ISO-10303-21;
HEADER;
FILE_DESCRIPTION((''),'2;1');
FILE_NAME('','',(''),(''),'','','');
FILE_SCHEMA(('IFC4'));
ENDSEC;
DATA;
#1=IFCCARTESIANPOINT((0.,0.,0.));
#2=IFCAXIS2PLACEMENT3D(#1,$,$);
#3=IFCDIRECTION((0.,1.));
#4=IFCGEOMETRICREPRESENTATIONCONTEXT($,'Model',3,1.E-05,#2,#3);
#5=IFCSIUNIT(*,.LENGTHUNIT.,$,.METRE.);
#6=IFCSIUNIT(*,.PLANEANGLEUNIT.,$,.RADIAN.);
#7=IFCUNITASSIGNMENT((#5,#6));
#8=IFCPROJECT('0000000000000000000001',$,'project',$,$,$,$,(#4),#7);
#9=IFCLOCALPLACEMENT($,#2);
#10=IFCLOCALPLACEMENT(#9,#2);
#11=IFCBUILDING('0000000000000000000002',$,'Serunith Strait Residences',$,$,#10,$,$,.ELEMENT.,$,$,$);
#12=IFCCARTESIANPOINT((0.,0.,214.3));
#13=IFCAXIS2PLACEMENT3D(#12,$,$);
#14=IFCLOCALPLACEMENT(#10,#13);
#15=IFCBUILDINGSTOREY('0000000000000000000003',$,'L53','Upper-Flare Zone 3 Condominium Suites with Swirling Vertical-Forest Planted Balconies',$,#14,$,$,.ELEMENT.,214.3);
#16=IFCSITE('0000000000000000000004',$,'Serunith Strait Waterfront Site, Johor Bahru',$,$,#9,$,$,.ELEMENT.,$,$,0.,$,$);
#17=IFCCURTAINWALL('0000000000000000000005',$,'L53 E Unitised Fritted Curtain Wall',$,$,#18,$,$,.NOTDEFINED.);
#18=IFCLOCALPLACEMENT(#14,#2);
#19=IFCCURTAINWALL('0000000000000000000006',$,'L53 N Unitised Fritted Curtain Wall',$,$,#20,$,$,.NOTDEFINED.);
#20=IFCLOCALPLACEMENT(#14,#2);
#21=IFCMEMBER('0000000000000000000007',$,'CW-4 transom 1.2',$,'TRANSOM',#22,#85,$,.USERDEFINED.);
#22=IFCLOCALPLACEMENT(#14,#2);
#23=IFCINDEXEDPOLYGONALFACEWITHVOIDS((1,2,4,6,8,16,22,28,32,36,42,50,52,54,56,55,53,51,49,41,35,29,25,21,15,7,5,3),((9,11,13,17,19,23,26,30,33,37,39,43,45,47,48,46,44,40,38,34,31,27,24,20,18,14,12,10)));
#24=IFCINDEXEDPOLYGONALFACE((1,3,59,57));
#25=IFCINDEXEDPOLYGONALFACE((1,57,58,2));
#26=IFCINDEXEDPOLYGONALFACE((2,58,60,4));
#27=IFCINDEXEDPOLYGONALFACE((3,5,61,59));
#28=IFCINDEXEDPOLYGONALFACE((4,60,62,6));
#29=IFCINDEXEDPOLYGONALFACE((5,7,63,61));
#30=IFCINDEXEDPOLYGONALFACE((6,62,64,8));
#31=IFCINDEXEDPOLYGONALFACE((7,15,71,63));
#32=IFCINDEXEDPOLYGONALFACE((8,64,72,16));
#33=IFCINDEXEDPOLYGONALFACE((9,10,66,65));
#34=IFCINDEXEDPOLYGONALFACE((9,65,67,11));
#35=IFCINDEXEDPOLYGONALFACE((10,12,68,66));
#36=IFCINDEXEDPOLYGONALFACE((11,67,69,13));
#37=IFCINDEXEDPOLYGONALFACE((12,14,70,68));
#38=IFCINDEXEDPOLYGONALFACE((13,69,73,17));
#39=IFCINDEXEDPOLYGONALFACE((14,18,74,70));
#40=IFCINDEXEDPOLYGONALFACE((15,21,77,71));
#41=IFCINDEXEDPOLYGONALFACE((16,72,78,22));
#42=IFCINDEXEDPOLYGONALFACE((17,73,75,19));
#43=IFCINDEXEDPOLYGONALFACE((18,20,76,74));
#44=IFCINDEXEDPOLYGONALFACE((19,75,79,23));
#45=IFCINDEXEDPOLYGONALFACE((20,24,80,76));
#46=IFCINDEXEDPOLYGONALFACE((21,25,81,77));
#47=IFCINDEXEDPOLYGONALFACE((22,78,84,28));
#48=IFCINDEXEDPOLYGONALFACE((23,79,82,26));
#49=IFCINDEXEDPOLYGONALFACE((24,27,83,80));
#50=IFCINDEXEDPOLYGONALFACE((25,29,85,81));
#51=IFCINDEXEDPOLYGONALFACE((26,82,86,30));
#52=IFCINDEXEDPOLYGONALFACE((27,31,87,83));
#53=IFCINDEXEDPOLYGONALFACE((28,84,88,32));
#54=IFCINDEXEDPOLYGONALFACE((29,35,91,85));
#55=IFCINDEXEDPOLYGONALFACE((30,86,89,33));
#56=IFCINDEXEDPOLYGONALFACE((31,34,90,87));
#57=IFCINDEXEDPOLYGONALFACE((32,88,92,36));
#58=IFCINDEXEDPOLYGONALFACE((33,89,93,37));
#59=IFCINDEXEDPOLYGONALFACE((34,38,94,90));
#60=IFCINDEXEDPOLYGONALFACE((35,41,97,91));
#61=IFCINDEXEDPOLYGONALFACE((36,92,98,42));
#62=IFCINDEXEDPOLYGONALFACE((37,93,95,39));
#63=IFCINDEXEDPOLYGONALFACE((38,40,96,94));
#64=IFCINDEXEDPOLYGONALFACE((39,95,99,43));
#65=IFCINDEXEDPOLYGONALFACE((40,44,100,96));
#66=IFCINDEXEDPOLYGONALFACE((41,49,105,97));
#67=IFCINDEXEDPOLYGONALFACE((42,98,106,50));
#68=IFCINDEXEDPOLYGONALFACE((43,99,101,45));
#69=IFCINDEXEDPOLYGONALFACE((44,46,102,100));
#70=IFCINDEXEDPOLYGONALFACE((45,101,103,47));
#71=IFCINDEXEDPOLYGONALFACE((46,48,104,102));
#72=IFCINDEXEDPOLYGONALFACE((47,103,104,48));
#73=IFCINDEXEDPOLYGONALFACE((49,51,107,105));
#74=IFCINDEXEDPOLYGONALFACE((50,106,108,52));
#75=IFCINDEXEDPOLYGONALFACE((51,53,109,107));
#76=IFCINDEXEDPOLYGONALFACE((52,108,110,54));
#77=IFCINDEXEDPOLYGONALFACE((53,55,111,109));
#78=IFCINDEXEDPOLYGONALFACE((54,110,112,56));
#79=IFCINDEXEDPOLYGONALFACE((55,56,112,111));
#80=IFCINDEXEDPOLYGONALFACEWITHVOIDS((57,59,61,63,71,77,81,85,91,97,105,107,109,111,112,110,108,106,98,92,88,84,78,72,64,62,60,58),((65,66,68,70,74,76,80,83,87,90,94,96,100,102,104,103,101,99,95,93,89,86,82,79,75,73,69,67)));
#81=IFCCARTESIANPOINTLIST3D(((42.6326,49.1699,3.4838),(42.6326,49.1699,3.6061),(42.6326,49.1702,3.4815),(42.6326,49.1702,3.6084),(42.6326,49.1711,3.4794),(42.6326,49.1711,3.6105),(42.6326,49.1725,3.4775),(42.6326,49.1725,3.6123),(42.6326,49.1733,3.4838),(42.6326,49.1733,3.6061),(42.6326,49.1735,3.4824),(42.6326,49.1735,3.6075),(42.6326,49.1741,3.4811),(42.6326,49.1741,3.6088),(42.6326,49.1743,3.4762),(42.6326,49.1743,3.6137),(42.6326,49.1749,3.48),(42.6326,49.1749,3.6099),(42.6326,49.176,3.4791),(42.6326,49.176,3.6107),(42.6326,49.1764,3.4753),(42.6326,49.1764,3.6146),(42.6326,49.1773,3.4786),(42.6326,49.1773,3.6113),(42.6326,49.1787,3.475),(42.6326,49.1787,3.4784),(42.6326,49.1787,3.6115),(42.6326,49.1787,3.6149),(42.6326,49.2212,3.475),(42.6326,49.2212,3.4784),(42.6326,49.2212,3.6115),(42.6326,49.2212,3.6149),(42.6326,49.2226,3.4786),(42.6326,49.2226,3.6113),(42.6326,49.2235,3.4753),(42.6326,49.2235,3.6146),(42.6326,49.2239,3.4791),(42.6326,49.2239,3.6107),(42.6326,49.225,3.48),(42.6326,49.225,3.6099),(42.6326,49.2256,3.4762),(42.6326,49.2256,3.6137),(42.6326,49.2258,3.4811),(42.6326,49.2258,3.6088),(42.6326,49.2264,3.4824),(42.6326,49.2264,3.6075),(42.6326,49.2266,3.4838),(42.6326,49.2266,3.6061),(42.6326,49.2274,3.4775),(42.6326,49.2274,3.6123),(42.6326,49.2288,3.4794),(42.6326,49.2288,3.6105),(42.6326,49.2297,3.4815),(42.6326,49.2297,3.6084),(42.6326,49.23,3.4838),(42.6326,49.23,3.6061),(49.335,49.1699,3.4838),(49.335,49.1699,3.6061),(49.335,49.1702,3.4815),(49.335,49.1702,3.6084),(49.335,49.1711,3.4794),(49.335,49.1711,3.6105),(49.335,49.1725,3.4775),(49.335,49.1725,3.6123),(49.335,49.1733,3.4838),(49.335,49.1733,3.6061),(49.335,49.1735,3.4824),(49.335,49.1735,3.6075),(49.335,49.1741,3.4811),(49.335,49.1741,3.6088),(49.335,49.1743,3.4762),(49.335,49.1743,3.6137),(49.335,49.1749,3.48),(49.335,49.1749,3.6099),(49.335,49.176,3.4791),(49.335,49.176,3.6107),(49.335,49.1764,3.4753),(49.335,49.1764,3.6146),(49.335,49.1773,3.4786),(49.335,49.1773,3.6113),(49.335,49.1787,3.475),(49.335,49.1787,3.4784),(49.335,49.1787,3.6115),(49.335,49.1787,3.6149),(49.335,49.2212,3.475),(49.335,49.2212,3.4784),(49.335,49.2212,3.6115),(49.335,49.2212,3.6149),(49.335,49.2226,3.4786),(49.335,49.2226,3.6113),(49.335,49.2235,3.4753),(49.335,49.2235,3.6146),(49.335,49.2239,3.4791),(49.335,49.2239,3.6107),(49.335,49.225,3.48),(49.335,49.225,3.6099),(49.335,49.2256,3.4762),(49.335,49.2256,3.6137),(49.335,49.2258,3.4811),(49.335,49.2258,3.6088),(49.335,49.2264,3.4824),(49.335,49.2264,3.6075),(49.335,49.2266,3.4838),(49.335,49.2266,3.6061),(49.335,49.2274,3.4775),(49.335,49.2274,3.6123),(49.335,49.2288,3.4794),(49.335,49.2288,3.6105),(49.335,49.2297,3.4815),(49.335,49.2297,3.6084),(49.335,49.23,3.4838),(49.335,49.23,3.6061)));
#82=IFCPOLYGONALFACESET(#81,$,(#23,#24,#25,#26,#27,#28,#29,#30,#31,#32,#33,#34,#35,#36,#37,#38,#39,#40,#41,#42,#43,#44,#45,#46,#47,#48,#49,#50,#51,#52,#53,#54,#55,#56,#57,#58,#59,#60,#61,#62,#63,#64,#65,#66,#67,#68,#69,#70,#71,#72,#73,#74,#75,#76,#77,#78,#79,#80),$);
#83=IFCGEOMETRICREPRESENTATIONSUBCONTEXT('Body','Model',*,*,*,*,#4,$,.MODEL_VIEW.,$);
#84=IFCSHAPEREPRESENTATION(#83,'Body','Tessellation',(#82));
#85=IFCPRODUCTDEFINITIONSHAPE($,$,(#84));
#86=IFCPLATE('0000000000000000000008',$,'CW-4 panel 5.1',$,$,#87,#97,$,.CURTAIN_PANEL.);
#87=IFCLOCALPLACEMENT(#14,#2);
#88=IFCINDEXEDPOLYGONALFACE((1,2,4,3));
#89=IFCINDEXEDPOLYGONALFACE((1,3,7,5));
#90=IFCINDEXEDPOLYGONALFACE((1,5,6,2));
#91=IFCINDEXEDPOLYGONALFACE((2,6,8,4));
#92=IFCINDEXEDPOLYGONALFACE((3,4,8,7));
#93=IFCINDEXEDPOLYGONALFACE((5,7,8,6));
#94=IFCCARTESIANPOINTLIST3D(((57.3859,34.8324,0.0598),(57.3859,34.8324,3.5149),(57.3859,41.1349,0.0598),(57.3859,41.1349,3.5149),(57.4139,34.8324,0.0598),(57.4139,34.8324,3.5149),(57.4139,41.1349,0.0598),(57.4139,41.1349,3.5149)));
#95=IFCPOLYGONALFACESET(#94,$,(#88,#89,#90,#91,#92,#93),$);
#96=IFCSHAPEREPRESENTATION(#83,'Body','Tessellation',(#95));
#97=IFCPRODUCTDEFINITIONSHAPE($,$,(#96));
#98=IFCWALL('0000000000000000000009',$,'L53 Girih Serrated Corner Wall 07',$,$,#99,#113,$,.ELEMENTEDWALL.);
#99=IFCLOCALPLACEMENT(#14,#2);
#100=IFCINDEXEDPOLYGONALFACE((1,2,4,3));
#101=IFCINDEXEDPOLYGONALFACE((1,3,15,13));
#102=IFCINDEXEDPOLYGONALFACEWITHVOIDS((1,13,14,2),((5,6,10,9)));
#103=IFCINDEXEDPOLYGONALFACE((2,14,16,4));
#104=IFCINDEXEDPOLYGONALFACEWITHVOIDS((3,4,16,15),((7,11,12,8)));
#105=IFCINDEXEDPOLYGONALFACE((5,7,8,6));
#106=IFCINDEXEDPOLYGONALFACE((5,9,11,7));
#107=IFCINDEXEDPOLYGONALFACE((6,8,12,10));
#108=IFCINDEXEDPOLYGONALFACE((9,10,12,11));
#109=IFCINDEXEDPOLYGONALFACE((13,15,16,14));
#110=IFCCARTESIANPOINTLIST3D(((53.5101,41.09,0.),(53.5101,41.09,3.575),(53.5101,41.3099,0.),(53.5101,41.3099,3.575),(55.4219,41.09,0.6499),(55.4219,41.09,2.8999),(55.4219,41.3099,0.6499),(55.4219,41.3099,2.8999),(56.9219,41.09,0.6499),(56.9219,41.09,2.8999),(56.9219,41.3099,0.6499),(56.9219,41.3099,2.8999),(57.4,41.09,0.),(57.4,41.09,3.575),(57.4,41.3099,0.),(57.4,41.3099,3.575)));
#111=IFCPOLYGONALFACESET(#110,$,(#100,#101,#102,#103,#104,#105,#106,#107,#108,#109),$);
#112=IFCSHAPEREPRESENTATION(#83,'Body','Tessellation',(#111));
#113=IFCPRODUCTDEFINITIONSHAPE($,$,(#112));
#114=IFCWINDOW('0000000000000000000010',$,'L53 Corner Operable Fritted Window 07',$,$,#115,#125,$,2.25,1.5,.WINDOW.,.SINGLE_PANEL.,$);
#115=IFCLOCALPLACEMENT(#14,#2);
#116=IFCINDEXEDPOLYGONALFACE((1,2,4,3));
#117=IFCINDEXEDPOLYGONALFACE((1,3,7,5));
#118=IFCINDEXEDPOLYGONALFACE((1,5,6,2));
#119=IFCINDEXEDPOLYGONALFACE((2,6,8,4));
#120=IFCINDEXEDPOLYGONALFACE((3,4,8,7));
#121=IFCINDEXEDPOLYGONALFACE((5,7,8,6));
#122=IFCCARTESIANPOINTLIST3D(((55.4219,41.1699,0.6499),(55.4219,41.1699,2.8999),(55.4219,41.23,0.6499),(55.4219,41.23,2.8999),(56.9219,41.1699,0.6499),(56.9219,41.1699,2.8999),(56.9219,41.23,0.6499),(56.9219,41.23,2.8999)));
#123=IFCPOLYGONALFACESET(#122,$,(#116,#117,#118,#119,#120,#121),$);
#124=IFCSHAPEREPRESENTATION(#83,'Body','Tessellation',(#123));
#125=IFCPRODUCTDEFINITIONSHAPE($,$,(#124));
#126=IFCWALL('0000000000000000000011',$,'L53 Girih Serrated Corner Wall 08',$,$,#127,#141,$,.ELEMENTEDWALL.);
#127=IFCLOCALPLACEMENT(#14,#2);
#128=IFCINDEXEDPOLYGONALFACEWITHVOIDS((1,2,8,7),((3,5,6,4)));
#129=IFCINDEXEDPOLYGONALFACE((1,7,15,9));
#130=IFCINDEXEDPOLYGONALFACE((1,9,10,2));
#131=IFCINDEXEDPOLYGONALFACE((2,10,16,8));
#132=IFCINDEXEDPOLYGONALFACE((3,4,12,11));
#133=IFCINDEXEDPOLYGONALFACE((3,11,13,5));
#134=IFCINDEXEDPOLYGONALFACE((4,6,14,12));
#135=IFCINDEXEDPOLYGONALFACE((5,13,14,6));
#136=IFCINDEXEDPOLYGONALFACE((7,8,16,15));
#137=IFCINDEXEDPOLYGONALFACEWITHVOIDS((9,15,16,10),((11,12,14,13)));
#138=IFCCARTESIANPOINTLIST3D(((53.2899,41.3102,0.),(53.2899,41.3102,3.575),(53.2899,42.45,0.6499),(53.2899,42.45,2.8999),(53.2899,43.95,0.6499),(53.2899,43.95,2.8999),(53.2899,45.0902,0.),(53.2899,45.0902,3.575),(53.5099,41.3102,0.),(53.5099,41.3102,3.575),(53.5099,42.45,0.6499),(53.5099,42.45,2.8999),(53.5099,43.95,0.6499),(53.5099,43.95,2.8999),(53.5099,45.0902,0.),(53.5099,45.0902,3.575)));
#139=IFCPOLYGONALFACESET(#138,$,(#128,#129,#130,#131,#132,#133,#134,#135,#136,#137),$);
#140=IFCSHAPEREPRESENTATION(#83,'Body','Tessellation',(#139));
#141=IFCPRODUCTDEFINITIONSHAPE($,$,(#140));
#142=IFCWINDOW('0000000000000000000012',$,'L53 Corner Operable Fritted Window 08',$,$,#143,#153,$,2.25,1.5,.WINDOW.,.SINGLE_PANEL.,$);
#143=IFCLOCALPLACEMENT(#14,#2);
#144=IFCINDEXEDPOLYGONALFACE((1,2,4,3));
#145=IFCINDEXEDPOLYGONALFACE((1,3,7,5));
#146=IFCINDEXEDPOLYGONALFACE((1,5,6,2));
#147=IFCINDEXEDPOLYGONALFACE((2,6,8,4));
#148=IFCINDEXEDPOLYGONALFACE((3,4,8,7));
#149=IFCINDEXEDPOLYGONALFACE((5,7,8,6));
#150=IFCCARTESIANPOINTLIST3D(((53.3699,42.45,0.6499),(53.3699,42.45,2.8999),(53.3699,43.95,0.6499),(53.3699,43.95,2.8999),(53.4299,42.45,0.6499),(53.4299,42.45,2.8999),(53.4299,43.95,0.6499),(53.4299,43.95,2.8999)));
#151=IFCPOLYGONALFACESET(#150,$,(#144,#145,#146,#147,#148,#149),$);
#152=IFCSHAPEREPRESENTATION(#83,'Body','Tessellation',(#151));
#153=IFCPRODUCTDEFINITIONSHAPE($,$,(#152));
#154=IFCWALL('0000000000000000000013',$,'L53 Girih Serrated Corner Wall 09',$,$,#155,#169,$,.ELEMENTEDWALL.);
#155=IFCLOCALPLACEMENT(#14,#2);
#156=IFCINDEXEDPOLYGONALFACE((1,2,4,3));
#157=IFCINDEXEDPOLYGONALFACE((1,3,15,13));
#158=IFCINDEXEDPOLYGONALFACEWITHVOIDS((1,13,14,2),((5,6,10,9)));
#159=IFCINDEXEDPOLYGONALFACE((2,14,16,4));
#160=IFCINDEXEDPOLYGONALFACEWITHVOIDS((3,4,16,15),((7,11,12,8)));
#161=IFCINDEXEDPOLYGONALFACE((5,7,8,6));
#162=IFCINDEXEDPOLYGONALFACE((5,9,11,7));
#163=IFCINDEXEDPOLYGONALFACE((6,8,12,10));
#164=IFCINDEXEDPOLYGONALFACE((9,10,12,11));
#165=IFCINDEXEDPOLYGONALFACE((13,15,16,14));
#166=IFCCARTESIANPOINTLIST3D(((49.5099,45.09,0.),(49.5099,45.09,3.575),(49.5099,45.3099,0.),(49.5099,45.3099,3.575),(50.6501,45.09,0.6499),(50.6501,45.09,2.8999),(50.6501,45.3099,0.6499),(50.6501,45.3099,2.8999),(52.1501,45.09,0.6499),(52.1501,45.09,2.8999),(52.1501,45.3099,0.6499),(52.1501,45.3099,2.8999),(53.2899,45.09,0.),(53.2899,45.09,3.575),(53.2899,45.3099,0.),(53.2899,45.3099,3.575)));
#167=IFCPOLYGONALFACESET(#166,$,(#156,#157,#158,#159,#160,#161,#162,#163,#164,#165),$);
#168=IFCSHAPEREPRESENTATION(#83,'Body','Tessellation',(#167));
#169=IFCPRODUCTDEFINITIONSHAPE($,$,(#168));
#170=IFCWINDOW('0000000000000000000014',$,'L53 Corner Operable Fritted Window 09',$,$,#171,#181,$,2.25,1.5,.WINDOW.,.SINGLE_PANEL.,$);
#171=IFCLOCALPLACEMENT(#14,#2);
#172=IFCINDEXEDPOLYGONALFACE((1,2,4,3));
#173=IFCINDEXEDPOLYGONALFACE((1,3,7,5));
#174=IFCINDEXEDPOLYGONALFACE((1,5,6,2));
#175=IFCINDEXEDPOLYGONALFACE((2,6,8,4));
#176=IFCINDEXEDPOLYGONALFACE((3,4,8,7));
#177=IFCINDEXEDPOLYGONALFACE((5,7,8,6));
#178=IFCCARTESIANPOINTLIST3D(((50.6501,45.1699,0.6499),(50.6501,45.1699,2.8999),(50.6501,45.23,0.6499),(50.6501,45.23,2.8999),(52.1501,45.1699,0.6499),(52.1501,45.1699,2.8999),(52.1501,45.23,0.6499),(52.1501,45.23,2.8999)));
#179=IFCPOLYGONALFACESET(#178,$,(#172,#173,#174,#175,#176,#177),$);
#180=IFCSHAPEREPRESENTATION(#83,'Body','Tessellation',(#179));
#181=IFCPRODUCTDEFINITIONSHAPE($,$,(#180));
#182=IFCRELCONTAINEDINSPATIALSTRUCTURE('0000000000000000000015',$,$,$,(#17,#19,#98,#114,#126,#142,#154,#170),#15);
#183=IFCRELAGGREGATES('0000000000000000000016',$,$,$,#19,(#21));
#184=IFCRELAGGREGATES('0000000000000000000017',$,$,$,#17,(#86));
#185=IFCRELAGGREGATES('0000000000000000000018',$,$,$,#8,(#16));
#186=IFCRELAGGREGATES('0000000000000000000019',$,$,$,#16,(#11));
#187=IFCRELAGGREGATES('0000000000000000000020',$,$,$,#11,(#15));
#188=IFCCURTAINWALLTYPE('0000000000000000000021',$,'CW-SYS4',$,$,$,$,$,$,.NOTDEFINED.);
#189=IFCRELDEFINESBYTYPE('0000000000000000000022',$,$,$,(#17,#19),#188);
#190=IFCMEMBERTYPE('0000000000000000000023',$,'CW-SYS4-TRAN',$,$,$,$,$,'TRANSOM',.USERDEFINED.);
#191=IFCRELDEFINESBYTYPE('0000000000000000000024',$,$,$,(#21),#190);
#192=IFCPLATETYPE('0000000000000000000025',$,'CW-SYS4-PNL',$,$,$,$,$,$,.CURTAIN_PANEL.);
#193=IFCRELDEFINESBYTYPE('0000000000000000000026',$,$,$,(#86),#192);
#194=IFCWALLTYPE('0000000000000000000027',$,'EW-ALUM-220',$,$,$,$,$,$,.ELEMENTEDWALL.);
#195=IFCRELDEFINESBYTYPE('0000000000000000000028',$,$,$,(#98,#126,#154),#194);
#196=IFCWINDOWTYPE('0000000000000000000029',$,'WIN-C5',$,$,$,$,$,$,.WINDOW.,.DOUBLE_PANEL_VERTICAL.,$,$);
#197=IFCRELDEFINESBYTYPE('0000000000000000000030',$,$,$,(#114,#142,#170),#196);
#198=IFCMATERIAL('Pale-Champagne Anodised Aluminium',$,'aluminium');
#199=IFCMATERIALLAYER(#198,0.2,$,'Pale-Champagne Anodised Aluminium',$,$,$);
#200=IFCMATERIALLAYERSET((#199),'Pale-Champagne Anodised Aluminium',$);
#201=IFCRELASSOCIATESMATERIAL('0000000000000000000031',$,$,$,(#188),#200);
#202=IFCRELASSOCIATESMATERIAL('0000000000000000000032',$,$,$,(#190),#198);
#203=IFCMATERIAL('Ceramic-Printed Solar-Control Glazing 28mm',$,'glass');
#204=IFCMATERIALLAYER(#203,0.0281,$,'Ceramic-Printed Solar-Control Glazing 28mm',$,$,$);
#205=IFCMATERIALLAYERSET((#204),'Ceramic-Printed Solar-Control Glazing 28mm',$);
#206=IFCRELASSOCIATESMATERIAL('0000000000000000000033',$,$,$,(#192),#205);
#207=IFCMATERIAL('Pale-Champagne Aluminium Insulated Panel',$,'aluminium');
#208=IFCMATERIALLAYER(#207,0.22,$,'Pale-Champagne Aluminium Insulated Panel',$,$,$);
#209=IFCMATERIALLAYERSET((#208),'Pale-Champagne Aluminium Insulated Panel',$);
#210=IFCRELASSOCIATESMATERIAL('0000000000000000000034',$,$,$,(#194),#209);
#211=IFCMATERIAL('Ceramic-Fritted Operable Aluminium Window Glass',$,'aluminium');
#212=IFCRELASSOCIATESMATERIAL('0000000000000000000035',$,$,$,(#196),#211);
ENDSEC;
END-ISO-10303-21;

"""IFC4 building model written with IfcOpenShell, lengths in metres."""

from ifc_helpers import new_model, si_unit, direction, frame, frame_2d, origin, origin_2d, place, context, subcontext, project, spatial, rectangle, hollow_rectangle, extrude, source, transform, mapped, material, layer, layer_set, material_profile, profile_set, type_object, element, fill, aggregate, save


model = new_model("IFC4")

# Units and contexts
model_context = context("Model", 3, precision=1e-05, world=origin(), true_north=direction((0.0, 1.0)))
body_context = subcontext(model_context, "Body", "Model", "MODEL_VIEW")
ifc_project = project(units=[si_unit("LENGTHUNIT", "METRE"), si_unit("PLANEANGLEUNIT", "RADIAN")], contexts=[model_context])

# Site, building, storey
site_placement = place(None, origin())
site = spatial("IfcSite", under=ifc_project, at=site_placement, Name="Serunith Strait Waterfront Site, Johor Bahru", CompositionType="ELEMENT", RefElevation=0.0)
building_placement = place(site_placement, origin())
building = spatial("IfcBuilding", under=site, at=building_placement, Name="Serunith Strait Residences", CompositionType="ELEMENT")
storey_placement = place(building_placement, frame((0.0, 0.0, 214.3)))
storey = spatial("IfcBuildingStorey", under=building, at=storey_placement, Name="L53", Description="Upper-Flare Zone 3 Condominium Suites with Swirling Vertical-Forest Planted Balconies", CompositionType="ELEMENT", Elevation=214.3)

# Curtain wall
ifc_material_1 = material(Name="Pale-Champagne Anodised Aluminium", Category="aluminium")
ifc_layer_1 = layer(ifc_material_1, 0.2, Name="Pale-Champagne Anodised Aluminium")
ifc_layer_set_1 = layer_set([ifc_layer_1], Name="Pale-Champagne Anodised Aluminium")
curtain_wall_type = type_object("IfcCurtainWallType", Name="CW-SYS4", PredefinedType="NOTDEFINED", material=ifc_layer_set_1)
curtain_wall_1_placement = place(storey_placement, origin())
curtain_wall_1 = element("IfcCurtainWall", 1, at=curtain_wall_1_placement, inside=storey, type_object=curtain_wall_type, Name="L53 E Unitised Fritted Curtain Wall", PredefinedType="NOTDEFINED")

# Curtain wall, member
curtain_wall_2_placement = place(storey_placement, origin())
curtain_wall_2 = element("IfcCurtainWall", 2, at=curtain_wall_2_placement, inside=storey, type_object=curtain_wall_type, Name="L53 N Unitised Fritted Curtain Wall", PredefinedType="NOTDEFINED")
ifc_material_profile_1 = material_profile(ifc_material_1, hollow_rectangle(XDim=0.0601, YDim=0.1399, WallThickness=0.0034, InnerFilletRadius=0.0054, OuterFilletRadius=0.0088, at=origin_2d()), Name="ALU 140x60x3.5")
ifc_profile_set_1 = profile_set([ifc_material_profile_1], Name="Pale-Champagne Anodised Aluminium")
member_type_1 = type_object("IfcMemberType", Name="CW-SYS4-TRAN", ElementType="TRANSOM", PredefinedType="USERDEFINED", material=ifc_profile_set_1)
shared_shape_1 = source(origin(), body_context, "Body", "SweptSolid", [
    extrude(hollow_rectangle(XDim=0.0601, YDim=0.1399, WallThickness=0.0034, InnerFilletRadius=0.0054, OuterFilletRadius=0.0088, at=origin_2d()), origin(), (0.0, 0.0, 1.0), 6.7024),
])
member_1_placement = place(storey_placement, frame((49.335, 49.2, 3.5449), z_axis=(-1.0, 0.0, 0.0), x_axis=(0.0, -1.0, 0.0)))
member_1 = element("IfcMember", 3, at=member_1_placement, type_object=member_type_1, Name="CW-4 transom 1.2", ObjectType="TRANSOM", PredefinedType="USERDEFINED", context=body_context, shape_type="MappedRepresentation", body=[
    mapped(shared_shape_1, transform((0.0, 0.0, 0.0), scale=1.0)),
])
aggregate(curtain_wall_2, [member_1])

# Plate
ifc_material_2 = material(Name="Ceramic-Printed Solar-Control Glazing 28mm", Category="glass")
ifc_layer_2 = layer(ifc_material_2, 0.0281, Name="Ceramic-Printed Solar-Control Glazing 28mm")
ifc_layer_set_2 = layer_set([ifc_layer_2], Name="Ceramic-Printed Solar-Control Glazing 28mm")
plate_type = type_object("IfcPlateType", Name="CW-SYS4-PNL", PredefinedType="CURTAIN_PANEL", material=ifc_layer_set_2)
shared_shape_2 = source(origin(), body_context, "Body", "SweptSolid", [
    extrude(rectangle(XDim=6.3025, YDim=0.0281, at=origin_2d()), origin(), (0.0, 0.0, 1.0), 3.4551),
])
plate_placement = place(storey_placement, frame((57.3999, 37.9836, 0.0598), z_axis=(0.0, 0.0, 1.0), x_axis=(0.0, 1.0, 0.0)))
plate = element("IfcPlate", 4, at=plate_placement, type_object=plate_type, Name="CW-4 panel 5.1", PredefinedType="CURTAIN_PANEL", context=body_context, shape_type="MappedRepresentation", body=[
    mapped(shared_shape_2, transform((0.0, 0.0, 0.0), scale=1.0)),
])
aggregate(curtain_wall_1, [plate])

# Walls, openings, windows
ifc_material_3 = material(Name="Pale-Champagne Aluminium Insulated Panel", Category="aluminium")
ifc_layer_3 = layer(ifc_material_3, 0.22, Name="Pale-Champagne Aluminium Insulated Panel")
ifc_layer_set_3 = layer_set([ifc_layer_3], Name="Pale-Champagne Aluminium Insulated Panel")
wall_type_1 = type_object("IfcWallType", Name="EW-ALUM-220", PredefinedType="ELEMENTEDWALL", material=ifc_layer_set_3)
wall_1_placement = place(storey_placement, frame((57.3999, 41.2, 0.0), z_axis=(0.0, 0.0, 1.0), x_axis=(-1.0, 0.0, 0.0)))
wall_1 = element("IfcWall", 5, at=wall_1_placement, inside=storey, type_object=wall_type_1, Name="L53 Girih Serrated Corner Wall 07", PredefinedType="ELEMENTEDWALL", context=body_context, shape_type="SweptSolid", body=[
    extrude(rectangle(XDim=3.8899, YDim=0.22, at=frame_2d((1.9448, 0.0))), origin(), (0.0, 0.0, 1.0), 3.575),
])
opening_1_placement = place(wall_1_placement, frame((0.478, 0.0, 0.6499)))
opening_1 = element("IfcOpeningElement", 6, at=opening_1_placement, cuts=wall_1, PredefinedType="OPENING", context=body_context, shape_type="SweptSolid", body=[
    extrude(rectangle(XDim=1.5, YDim=2.25, at=frame_2d((0.75, 1.125))), frame((0.0, 0.1201, 0.0), z_axis=(0.0, -1.0, 0.0), x_axis=(1.0, 0.0, 0.0)), (0.0, 0.0, 1.0), 0.24),
])
ifc_material_4 = material(Name="Ceramic-Fritted Operable Aluminium Window Glass", Category="aluminium")
window_type = type_object("IfcWindowType", Name="WIN-C5", PartitioningType="DOUBLE_PANEL_VERTICAL", PredefinedType="WINDOW", material=ifc_material_4)
shared_shape_3 = source(origin(), body_context, "Body", "SweptSolid", [
    extrude(rectangle(XDim=1.5, YDim=2.25, at=frame_2d((0.75, 1.125))), frame((0.0, 0.03, 0.0), z_axis=(0.0, -1.0, 0.0), x_axis=(1.0, 0.0, 0.0)), (0.0, 0.0, 1.0), 0.0601),
])
window_1_placement = place(opening_1_placement, origin())
window_1 = element("IfcWindow", 7, at=window_1_placement, inside=storey, type_object=window_type, Name="L53 Corner Operable Fritted Window 07", OverallHeight=2.25, OverallWidth=1.5, PartitioningType="SINGLE_PANEL", PredefinedType="WINDOW", context=body_context, shape_type="MappedRepresentation", body=[
    mapped(shared_shape_3, transform((0.0, 0.0, 0.0), scale=1.0)),
])
fill(opening_1, window_1)
wall_2_placement = place(storey_placement, frame((53.3999, 41.3101, 0.0), z_axis=(0.0, 0.0, 1.0), x_axis=(0.0, 1.0, 0.0)))
wall_2 = element("IfcWall", 8, at=wall_2_placement, inside=storey, type_object=wall_type_1, Name="L53 Girih Serrated Corner Wall 08", PredefinedType="ELEMENTEDWALL", context=body_context, shape_type="SweptSolid", body=[
    extrude(rectangle(XDim=3.78, YDim=0.22, at=frame_2d((1.8901, 0.0))), origin(), (0.0, 0.0, 1.0), 3.575),
])
opening_2_placement = place(wall_2_placement, frame((1.1399, 0.0, 0.6499)))
opening_2 = element("IfcOpeningElement", 9, at=opening_2_placement, cuts=wall_2, PredefinedType="OPENING", context=body_context, shape_type="SweptSolid", body=[
    extrude(rectangle(XDim=1.5, YDim=2.25, at=frame_2d((0.75, 1.125))), frame((0.0, 0.1201, 0.0), z_axis=(0.0, -1.0, 0.0), x_axis=(1.0, 0.0, 0.0)), (0.0, 0.0, 1.0), 0.24),
])
window_2_placement = place(opening_2_placement, origin())
window_2 = element("IfcWindow", 10, at=window_2_placement, inside=storey, type_object=window_type, Name="L53 Corner Operable Fritted Window 08", OverallHeight=2.25, OverallWidth=1.5, PartitioningType="SINGLE_PANEL", PredefinedType="WINDOW", context=body_context, shape_type="MappedRepresentation", body=[
    mapped(shared_shape_3, transform((0.0, 0.0, 0.0), scale=1.0)),
])
fill(opening_2, window_2)
wall_3_placement = place(storey_placement, frame((53.29, 45.2, 0.0), z_axis=(0.0, 0.0, 1.0), x_axis=(-1.0, 0.0, 0.0)))
wall_3 = element("IfcWall", 11, at=wall_3_placement, inside=storey, type_object=wall_type_1, Name="L53 Girih Serrated Corner Wall 09", PredefinedType="ELEMENTEDWALL", context=body_context, shape_type="SweptSolid", body=[
    extrude(rectangle(XDim=3.78, YDim=0.22, at=frame_2d((1.8901, 0.0))), origin(), (0.0, 0.0, 1.0), 3.575),
])
opening_3_placement = place(wall_3_placement, frame((1.1399, 0.0, 0.6499)))
opening_3 = element("IfcOpeningElement", 12, at=opening_3_placement, cuts=wall_3, PredefinedType="OPENING", context=body_context, shape_type="SweptSolid", body=[
    extrude(rectangle(XDim=1.5, YDim=2.25, at=frame_2d((0.75, 1.125))), frame((0.0, 0.1201, 0.0), z_axis=(0.0, -1.0, 0.0), x_axis=(1.0, 0.0, 0.0)), (0.0, 0.0, 1.0), 0.24),
])
window_3_placement = place(opening_3_placement, origin())
window_3 = element("IfcWindow", 13, at=window_3_placement, inside=storey, type_object=window_type, Name="L53 Corner Operable Fritted Window 09", OverallHeight=2.25, OverallWidth=1.5, PartitioningType="SINGLE_PANEL", PredefinedType="WINDOW", context=body_context, shape_type="MappedRepresentation", body=[
    mapped(shared_shape_3, transform((0.0, 0.0, 0.0), scale=1.0)),
])
fill(opening_3, window_3)

save(model, "model.ifc")
